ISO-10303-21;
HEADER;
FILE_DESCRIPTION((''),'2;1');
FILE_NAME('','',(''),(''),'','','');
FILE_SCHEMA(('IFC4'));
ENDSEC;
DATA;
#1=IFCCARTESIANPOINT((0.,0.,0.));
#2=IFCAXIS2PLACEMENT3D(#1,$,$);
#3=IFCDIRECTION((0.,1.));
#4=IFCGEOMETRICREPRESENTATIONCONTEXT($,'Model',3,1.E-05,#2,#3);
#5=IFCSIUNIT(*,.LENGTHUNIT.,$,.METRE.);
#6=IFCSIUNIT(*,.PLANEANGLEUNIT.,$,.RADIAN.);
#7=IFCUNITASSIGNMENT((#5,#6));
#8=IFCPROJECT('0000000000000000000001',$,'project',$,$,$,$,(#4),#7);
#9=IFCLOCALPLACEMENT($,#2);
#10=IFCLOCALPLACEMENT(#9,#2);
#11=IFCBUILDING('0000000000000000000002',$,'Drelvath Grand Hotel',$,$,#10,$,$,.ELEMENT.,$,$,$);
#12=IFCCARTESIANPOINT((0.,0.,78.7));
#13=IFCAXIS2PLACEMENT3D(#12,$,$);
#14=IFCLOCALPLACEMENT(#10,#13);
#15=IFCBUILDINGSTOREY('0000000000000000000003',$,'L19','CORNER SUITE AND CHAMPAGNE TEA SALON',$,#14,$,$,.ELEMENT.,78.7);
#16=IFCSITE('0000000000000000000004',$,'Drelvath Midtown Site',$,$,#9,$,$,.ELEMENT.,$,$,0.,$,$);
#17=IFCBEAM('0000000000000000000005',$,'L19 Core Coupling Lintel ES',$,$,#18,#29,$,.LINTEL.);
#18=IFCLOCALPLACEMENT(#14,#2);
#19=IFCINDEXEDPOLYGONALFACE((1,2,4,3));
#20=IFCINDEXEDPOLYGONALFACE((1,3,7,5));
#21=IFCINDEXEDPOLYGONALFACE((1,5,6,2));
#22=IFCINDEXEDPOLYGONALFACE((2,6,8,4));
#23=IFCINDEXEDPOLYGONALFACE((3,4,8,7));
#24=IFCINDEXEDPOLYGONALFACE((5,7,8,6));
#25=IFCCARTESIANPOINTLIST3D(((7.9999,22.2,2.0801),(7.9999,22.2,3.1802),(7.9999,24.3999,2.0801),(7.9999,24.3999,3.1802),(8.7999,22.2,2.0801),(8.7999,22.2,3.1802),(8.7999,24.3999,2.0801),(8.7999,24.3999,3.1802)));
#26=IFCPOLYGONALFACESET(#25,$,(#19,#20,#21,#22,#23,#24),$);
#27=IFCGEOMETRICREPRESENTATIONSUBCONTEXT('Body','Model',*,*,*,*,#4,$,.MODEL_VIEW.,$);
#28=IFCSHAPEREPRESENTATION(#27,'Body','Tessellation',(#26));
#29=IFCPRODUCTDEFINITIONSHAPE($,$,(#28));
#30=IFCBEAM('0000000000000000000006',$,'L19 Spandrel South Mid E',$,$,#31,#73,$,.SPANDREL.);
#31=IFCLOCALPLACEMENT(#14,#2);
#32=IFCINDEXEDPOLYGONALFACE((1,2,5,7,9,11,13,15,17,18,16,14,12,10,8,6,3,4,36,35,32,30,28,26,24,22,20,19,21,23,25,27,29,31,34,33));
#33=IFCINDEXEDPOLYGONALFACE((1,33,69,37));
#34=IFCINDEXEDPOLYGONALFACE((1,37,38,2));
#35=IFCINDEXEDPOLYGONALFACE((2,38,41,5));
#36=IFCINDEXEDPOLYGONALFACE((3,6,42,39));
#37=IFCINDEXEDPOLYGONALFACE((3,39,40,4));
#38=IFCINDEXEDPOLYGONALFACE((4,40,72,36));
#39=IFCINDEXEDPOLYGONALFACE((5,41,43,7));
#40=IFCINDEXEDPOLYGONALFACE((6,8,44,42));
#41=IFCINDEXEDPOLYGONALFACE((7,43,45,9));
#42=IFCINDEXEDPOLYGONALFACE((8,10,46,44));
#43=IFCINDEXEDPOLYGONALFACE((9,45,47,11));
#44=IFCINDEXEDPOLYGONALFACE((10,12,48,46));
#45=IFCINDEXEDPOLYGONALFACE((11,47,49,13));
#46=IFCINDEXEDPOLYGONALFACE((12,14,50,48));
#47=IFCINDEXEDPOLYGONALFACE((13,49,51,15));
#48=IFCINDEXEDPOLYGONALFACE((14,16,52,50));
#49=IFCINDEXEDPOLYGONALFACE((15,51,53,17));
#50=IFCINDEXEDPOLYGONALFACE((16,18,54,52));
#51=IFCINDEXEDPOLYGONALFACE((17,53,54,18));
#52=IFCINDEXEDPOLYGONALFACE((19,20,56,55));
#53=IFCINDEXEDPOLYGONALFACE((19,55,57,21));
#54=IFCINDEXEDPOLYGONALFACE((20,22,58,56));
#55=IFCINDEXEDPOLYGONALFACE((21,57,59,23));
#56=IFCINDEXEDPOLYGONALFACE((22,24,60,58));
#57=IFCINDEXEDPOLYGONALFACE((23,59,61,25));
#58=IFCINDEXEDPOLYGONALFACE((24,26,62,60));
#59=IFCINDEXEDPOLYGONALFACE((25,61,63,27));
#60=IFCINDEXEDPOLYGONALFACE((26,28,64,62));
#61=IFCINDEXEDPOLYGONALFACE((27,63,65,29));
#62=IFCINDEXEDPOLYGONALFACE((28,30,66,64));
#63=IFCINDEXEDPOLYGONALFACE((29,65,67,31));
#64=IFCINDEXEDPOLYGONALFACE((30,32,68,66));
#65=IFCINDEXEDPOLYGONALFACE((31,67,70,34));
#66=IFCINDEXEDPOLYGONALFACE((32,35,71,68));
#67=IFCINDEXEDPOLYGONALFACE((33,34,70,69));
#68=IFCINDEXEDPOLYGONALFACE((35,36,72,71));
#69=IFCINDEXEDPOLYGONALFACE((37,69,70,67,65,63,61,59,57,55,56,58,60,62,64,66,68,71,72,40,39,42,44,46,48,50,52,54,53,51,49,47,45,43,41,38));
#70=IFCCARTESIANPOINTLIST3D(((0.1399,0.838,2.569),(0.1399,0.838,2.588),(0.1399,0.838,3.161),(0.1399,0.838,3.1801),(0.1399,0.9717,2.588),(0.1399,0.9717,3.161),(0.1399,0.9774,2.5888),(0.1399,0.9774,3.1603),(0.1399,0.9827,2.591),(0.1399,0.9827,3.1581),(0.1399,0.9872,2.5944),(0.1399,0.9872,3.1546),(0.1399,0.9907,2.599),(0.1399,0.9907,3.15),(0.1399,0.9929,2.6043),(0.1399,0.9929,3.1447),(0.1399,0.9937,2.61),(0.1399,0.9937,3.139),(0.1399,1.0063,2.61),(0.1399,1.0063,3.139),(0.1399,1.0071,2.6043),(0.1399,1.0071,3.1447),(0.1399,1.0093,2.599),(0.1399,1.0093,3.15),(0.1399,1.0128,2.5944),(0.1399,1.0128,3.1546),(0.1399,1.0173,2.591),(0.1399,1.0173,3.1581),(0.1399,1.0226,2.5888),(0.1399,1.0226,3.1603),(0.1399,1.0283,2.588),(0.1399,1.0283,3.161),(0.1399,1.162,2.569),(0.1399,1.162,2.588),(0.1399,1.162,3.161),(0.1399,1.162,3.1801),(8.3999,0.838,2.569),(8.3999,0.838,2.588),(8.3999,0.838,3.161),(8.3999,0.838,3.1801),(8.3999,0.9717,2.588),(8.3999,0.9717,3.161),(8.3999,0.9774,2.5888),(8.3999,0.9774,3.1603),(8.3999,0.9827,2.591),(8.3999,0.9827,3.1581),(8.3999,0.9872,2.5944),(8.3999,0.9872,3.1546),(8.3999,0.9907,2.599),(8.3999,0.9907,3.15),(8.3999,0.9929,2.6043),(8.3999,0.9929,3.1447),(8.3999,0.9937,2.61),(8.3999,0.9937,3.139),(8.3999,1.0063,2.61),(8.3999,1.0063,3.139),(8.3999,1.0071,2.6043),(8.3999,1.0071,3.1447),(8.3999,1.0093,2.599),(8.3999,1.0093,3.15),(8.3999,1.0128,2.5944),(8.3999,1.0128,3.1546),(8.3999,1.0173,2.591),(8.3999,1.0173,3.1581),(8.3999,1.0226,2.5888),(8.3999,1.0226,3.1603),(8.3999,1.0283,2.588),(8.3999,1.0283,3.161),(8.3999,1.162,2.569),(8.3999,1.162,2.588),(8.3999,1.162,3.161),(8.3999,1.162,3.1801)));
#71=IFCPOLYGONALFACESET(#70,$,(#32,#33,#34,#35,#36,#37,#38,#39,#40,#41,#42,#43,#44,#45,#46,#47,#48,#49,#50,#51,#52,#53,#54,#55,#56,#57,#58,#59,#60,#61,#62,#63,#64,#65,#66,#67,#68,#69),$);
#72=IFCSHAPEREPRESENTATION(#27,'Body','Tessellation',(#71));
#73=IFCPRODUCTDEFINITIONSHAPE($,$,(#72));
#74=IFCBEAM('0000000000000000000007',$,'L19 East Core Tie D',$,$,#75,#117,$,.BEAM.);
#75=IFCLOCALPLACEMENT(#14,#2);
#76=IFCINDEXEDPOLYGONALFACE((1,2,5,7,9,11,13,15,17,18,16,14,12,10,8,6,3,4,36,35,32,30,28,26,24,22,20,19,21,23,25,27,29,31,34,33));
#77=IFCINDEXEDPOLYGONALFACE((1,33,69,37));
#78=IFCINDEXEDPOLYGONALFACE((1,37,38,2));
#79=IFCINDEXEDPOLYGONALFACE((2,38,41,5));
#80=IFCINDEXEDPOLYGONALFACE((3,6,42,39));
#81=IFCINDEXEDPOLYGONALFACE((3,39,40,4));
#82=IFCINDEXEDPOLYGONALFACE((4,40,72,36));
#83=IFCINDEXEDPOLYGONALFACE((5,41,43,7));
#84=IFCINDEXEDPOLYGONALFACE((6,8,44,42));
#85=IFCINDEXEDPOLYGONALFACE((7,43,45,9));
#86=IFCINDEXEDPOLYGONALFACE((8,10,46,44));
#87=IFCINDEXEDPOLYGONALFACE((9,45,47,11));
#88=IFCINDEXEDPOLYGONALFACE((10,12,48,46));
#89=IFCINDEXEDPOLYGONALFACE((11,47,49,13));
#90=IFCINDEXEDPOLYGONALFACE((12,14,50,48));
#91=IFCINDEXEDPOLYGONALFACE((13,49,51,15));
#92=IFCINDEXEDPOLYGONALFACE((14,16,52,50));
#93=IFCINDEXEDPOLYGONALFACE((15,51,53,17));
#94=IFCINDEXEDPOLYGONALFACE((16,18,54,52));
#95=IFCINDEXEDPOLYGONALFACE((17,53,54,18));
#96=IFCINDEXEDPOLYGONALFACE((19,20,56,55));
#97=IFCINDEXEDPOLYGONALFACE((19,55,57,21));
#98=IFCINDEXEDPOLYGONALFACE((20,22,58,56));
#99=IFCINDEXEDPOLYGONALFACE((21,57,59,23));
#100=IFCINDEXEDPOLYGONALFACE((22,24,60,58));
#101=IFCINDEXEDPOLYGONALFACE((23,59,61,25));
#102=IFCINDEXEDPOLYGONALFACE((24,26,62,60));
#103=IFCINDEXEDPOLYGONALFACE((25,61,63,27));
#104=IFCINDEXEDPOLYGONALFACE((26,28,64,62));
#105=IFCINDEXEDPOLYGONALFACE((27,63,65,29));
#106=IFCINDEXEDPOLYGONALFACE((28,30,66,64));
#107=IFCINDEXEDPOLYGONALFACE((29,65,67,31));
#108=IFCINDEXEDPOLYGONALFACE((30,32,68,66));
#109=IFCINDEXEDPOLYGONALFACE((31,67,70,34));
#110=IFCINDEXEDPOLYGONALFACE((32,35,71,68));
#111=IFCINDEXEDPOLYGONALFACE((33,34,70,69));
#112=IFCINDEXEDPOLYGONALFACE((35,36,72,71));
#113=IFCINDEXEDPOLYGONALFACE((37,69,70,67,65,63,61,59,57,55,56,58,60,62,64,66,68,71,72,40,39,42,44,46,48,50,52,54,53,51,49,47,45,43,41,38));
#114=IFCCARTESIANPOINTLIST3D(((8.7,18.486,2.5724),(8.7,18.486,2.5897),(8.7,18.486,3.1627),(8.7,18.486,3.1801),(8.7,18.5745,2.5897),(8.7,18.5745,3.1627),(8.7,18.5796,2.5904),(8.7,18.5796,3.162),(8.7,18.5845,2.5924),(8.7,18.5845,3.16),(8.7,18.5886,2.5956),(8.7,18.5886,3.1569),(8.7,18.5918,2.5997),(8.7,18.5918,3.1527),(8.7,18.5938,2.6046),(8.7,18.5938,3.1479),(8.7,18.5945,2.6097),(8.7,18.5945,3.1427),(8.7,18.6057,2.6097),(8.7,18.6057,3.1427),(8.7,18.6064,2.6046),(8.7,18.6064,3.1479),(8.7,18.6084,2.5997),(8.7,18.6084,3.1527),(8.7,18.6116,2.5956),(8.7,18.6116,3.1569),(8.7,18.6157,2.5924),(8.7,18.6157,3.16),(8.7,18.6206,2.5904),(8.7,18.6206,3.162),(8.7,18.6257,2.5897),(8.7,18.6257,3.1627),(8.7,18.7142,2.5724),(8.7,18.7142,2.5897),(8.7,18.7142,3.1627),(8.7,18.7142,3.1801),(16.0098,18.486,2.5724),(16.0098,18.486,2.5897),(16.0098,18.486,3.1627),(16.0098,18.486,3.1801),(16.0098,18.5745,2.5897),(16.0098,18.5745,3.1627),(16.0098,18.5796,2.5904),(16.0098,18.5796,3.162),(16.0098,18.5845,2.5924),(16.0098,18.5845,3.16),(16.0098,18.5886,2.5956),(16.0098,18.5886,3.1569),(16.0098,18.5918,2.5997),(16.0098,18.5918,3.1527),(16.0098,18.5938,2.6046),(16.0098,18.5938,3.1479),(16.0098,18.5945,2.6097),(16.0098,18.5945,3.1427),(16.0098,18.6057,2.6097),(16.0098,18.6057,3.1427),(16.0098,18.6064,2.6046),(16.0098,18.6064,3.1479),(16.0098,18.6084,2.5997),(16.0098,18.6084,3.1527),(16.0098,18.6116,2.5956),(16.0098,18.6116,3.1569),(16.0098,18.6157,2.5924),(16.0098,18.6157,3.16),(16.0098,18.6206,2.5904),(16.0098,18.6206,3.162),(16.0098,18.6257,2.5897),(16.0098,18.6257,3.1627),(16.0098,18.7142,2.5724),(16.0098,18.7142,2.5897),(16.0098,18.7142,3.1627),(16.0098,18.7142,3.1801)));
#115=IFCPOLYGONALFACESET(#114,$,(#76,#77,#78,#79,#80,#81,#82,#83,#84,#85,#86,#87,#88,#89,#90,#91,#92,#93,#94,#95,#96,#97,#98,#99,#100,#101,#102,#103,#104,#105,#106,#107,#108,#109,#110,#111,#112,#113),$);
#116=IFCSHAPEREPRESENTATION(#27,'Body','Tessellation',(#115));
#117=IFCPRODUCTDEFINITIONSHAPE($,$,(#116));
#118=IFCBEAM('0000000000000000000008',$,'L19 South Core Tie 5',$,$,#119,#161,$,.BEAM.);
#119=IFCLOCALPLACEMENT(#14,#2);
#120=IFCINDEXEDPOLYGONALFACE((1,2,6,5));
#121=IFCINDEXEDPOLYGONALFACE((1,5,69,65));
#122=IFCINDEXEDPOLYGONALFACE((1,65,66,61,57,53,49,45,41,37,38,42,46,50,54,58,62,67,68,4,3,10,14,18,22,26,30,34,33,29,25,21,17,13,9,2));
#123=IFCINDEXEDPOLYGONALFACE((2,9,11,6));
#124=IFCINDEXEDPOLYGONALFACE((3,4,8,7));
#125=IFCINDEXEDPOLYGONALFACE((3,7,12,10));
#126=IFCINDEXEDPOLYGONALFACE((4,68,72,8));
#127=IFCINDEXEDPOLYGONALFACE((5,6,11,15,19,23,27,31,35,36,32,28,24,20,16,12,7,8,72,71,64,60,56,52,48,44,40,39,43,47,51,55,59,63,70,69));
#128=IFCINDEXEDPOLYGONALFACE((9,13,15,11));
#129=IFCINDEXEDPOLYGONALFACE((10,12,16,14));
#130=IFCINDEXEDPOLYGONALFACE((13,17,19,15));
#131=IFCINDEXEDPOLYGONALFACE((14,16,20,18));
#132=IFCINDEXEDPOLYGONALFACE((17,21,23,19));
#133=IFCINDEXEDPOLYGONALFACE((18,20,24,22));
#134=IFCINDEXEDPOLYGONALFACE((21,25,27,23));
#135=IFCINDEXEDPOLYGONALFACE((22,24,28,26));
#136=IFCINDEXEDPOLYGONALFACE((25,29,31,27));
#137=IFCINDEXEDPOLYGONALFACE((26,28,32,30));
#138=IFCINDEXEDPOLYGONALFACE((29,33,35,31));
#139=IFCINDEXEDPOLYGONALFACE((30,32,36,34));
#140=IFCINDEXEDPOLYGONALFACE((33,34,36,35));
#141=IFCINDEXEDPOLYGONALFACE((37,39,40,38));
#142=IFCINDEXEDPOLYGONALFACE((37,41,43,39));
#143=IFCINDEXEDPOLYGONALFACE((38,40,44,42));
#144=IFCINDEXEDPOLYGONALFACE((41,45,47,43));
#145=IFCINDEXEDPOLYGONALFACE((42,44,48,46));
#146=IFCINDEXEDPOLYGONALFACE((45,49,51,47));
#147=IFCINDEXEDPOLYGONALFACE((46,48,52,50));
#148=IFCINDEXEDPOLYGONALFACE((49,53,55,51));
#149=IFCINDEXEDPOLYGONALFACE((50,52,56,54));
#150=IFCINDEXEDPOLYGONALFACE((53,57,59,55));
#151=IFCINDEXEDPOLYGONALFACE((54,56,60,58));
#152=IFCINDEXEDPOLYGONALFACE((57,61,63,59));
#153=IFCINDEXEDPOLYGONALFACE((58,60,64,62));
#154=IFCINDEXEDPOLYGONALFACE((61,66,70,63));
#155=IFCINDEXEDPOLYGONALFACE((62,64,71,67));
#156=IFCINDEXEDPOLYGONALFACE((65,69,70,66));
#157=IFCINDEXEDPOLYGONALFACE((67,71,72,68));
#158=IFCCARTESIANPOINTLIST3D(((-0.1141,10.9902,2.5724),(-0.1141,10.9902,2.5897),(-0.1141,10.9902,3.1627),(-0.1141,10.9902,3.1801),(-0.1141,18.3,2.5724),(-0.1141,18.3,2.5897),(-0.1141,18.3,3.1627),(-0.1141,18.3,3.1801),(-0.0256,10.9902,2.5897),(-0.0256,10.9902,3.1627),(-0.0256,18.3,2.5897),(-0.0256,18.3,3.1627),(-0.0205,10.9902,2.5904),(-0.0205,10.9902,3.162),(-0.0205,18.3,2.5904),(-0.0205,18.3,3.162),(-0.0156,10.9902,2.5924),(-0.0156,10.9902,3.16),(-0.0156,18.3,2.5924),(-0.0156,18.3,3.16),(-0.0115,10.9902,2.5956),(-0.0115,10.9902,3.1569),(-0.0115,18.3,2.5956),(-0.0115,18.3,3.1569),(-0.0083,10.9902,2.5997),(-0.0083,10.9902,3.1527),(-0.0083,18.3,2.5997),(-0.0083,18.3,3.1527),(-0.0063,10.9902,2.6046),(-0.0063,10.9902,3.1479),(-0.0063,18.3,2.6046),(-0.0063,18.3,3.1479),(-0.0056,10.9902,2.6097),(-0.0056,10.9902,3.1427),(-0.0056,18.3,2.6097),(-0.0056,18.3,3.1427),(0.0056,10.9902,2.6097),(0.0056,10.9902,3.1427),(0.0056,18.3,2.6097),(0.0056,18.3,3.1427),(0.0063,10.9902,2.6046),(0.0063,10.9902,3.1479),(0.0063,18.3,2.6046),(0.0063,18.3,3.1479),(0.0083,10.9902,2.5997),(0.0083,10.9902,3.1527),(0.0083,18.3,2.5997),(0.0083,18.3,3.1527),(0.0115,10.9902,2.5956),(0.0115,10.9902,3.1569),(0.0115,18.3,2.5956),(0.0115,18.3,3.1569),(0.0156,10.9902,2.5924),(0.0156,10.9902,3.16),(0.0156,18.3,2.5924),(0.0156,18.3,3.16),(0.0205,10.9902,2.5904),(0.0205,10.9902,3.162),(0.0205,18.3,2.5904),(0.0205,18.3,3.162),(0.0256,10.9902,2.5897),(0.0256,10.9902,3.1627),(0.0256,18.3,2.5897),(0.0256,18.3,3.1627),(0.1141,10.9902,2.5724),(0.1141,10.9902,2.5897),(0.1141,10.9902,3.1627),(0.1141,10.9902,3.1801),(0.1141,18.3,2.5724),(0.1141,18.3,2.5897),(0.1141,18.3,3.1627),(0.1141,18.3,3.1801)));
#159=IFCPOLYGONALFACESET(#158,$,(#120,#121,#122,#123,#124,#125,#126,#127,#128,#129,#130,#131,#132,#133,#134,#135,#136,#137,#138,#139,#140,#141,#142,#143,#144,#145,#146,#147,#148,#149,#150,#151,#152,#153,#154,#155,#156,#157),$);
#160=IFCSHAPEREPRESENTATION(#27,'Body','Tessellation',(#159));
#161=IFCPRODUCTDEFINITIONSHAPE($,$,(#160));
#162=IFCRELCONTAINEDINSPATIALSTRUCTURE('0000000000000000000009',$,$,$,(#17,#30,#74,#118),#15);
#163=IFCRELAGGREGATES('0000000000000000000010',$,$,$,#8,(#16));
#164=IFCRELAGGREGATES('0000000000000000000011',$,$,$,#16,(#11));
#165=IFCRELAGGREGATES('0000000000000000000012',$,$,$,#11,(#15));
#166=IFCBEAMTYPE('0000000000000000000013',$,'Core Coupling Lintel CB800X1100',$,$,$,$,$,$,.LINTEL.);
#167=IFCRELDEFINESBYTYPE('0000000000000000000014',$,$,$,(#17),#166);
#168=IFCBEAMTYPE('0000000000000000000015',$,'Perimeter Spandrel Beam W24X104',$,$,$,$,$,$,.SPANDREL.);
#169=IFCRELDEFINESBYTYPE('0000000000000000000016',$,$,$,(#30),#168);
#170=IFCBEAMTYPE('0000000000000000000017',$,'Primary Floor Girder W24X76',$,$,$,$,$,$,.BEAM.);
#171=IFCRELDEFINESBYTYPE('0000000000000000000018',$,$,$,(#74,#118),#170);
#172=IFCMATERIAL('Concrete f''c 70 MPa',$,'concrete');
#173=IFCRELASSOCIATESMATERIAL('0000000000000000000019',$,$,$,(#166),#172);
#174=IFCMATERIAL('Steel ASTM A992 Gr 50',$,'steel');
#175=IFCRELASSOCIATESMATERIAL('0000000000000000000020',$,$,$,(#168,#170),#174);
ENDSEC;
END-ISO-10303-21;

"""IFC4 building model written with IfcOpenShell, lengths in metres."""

from ifc_helpers import new_model, si_unit, direction, frame, origin, origin_2d, place, context, subcontext, project, spatial, rectangle, i_section, extrude, material, material_profile, profile_set, type_object, element, save


model = new_model("IFC4")

# Units and contexts
model_context = context("Model", 3, precision=1e-05, world=origin(), true_north=direction((0.0, 1.0)))
body_context = subcontext(model_context, "Body", "Model", "MODEL_VIEW")
ifc_project = project(units=[si_unit("LENGTHUNIT", "METRE"), si_unit("PLANEANGLEUNIT", "RADIAN")], contexts=[model_context])

# Site, building, storey
site_placement = place(None, origin())
site = spatial("IfcSite", under=ifc_project, at=site_placement, Name="Drelvath Midtown Site", CompositionType="ELEMENT", RefElevation=0.0)
building_placement = place(site_placement, origin())
building = spatial("IfcBuilding", under=site, at=building_placement, Name="Drelvath Grand Hotel", CompositionType="ELEMENT")
storey_placement = place(building_placement, frame((0.0, 0.0, 78.7)))
storey = spatial("IfcBuildingStorey", under=building, at=storey_placement, Name="L19", Description="CORNER SUITE AND CHAMPAGNE TEA SALON", CompositionType="ELEMENT", Elevation=78.7)

# Beams
ifc_material_1 = material(Name="Concrete f'c 70 MPa", Category="concrete")
ifc_material_profile_1 = material_profile(ifc_material_1, rectangle(XDim=0.8, YDim=1.1001, at=origin_2d()), Name="CB800X1100")
ifc_profile_set_1 = profile_set([ifc_material_profile_1], Name="Concrete f'c 70 MPa")
beam_type_1 = type_object("IfcBeamType", Name="Core Coupling Lintel CB800X1100", PredefinedType="LINTEL", material=ifc_profile_set_1)
beam_1_placement = place(storey_placement, frame((8.3999, 22.2, 2.6301), z_axis=(0.0, 1.0, 0.0), x_axis=(-1.0, 0.0, 0.0)))
element("IfcBeam", 1, at=beam_1_placement, inside=storey, type_object=beam_type_1, Name="L19 Core Coupling Lintel ES", PredefinedType="LINTEL", context=body_context, shape_type="SweptSolid", body=[
    extrude(rectangle(XDim=0.8, YDim=1.1001, at=origin_2d()), origin(), (0.0, 0.0, 1.0), 2.2),
])
ifc_material_2 = material(Name="Steel ASTM A992 Gr 50", Category="steel")
ifc_material_profile_2 = material_profile(ifc_material_2, i_section(OverallWidth=0.324, OverallDepth=0.6111, WebThickness=0.0127, FlangeThickness=0.019, FilletRadius=0.022, at=origin_2d()), Name="W24X104")
ifc_profile_set_2 = profile_set([ifc_material_profile_2], Name="Steel ASTM A992 Gr 50")
beam_type_2 = type_object("IfcBeamType", Name="Perimeter Spandrel Beam W24X104", PredefinedType="SPANDREL", material=ifc_profile_set_2)
beam_2_placement = place(storey_placement, frame((0.1399, 1.0, 2.8745), z_axis=(1.0, 0.0, 0.0), x_axis=(0.0, 1.0, 0.0)))
element("IfcBeam", 2, at=beam_2_placement, inside=storey, type_object=beam_type_2, Name="L19 Spandrel South Mid E", PredefinedType="SPANDREL", context=body_context, shape_type="SweptSolid", body=[
    extrude(i_section(OverallWidth=0.324, OverallDepth=0.6111, WebThickness=0.0127, FlangeThickness=0.019, FilletRadius=0.022, at=origin_2d()), origin(), (0.0, 0.0, 1.0), 8.26),
])
ifc_material_profile_3 = material_profile(ifc_material_2, i_section(OverallWidth=0.2283, OverallDepth=0.6077, WebThickness=0.0112, FlangeThickness=0.0173, FilletRadius=0.02, at=origin_2d()), Name="W24X76")
ifc_profile_set_3 = profile_set([ifc_material_profile_3], Name="Steel ASTM A992 Gr 50")
beam_type_3 = type_object("IfcBeamType", Name="Primary Floor Girder W24X76", PredefinedType="BEAM", material=ifc_profile_set_3)
for number, where, z_axis, x_axis, name in (
    (3, (8.7, 18.6001, 2.8762), (1.0, 0.0, 0.0), (0.0, 1.0, 0.0), "L19 East Core Tie D"),
    (4, (0.0, 10.9902, 2.8762), (0.0, 1.0, 0.0), (-1.0, 0.0, 0.0), "L19 South Core Tie 5"),
):
    element("IfcBeam", number, at=place(storey_placement, frame(where, z_axis=z_axis, x_axis=x_axis)), inside=storey, type_object=beam_type_3, Name=name, PredefinedType="BEAM", context=body_context, shape_type="SweptSolid", body=[
        extrude(i_section(OverallWidth=0.2283, OverallDepth=0.6077, WebThickness=0.0112, FlangeThickness=0.0173, FilletRadius=0.02, at=origin_2d()), origin(), (0.0, 0.0, 1.0), 7.3098),
    ])

save(model, "model.ifc")
